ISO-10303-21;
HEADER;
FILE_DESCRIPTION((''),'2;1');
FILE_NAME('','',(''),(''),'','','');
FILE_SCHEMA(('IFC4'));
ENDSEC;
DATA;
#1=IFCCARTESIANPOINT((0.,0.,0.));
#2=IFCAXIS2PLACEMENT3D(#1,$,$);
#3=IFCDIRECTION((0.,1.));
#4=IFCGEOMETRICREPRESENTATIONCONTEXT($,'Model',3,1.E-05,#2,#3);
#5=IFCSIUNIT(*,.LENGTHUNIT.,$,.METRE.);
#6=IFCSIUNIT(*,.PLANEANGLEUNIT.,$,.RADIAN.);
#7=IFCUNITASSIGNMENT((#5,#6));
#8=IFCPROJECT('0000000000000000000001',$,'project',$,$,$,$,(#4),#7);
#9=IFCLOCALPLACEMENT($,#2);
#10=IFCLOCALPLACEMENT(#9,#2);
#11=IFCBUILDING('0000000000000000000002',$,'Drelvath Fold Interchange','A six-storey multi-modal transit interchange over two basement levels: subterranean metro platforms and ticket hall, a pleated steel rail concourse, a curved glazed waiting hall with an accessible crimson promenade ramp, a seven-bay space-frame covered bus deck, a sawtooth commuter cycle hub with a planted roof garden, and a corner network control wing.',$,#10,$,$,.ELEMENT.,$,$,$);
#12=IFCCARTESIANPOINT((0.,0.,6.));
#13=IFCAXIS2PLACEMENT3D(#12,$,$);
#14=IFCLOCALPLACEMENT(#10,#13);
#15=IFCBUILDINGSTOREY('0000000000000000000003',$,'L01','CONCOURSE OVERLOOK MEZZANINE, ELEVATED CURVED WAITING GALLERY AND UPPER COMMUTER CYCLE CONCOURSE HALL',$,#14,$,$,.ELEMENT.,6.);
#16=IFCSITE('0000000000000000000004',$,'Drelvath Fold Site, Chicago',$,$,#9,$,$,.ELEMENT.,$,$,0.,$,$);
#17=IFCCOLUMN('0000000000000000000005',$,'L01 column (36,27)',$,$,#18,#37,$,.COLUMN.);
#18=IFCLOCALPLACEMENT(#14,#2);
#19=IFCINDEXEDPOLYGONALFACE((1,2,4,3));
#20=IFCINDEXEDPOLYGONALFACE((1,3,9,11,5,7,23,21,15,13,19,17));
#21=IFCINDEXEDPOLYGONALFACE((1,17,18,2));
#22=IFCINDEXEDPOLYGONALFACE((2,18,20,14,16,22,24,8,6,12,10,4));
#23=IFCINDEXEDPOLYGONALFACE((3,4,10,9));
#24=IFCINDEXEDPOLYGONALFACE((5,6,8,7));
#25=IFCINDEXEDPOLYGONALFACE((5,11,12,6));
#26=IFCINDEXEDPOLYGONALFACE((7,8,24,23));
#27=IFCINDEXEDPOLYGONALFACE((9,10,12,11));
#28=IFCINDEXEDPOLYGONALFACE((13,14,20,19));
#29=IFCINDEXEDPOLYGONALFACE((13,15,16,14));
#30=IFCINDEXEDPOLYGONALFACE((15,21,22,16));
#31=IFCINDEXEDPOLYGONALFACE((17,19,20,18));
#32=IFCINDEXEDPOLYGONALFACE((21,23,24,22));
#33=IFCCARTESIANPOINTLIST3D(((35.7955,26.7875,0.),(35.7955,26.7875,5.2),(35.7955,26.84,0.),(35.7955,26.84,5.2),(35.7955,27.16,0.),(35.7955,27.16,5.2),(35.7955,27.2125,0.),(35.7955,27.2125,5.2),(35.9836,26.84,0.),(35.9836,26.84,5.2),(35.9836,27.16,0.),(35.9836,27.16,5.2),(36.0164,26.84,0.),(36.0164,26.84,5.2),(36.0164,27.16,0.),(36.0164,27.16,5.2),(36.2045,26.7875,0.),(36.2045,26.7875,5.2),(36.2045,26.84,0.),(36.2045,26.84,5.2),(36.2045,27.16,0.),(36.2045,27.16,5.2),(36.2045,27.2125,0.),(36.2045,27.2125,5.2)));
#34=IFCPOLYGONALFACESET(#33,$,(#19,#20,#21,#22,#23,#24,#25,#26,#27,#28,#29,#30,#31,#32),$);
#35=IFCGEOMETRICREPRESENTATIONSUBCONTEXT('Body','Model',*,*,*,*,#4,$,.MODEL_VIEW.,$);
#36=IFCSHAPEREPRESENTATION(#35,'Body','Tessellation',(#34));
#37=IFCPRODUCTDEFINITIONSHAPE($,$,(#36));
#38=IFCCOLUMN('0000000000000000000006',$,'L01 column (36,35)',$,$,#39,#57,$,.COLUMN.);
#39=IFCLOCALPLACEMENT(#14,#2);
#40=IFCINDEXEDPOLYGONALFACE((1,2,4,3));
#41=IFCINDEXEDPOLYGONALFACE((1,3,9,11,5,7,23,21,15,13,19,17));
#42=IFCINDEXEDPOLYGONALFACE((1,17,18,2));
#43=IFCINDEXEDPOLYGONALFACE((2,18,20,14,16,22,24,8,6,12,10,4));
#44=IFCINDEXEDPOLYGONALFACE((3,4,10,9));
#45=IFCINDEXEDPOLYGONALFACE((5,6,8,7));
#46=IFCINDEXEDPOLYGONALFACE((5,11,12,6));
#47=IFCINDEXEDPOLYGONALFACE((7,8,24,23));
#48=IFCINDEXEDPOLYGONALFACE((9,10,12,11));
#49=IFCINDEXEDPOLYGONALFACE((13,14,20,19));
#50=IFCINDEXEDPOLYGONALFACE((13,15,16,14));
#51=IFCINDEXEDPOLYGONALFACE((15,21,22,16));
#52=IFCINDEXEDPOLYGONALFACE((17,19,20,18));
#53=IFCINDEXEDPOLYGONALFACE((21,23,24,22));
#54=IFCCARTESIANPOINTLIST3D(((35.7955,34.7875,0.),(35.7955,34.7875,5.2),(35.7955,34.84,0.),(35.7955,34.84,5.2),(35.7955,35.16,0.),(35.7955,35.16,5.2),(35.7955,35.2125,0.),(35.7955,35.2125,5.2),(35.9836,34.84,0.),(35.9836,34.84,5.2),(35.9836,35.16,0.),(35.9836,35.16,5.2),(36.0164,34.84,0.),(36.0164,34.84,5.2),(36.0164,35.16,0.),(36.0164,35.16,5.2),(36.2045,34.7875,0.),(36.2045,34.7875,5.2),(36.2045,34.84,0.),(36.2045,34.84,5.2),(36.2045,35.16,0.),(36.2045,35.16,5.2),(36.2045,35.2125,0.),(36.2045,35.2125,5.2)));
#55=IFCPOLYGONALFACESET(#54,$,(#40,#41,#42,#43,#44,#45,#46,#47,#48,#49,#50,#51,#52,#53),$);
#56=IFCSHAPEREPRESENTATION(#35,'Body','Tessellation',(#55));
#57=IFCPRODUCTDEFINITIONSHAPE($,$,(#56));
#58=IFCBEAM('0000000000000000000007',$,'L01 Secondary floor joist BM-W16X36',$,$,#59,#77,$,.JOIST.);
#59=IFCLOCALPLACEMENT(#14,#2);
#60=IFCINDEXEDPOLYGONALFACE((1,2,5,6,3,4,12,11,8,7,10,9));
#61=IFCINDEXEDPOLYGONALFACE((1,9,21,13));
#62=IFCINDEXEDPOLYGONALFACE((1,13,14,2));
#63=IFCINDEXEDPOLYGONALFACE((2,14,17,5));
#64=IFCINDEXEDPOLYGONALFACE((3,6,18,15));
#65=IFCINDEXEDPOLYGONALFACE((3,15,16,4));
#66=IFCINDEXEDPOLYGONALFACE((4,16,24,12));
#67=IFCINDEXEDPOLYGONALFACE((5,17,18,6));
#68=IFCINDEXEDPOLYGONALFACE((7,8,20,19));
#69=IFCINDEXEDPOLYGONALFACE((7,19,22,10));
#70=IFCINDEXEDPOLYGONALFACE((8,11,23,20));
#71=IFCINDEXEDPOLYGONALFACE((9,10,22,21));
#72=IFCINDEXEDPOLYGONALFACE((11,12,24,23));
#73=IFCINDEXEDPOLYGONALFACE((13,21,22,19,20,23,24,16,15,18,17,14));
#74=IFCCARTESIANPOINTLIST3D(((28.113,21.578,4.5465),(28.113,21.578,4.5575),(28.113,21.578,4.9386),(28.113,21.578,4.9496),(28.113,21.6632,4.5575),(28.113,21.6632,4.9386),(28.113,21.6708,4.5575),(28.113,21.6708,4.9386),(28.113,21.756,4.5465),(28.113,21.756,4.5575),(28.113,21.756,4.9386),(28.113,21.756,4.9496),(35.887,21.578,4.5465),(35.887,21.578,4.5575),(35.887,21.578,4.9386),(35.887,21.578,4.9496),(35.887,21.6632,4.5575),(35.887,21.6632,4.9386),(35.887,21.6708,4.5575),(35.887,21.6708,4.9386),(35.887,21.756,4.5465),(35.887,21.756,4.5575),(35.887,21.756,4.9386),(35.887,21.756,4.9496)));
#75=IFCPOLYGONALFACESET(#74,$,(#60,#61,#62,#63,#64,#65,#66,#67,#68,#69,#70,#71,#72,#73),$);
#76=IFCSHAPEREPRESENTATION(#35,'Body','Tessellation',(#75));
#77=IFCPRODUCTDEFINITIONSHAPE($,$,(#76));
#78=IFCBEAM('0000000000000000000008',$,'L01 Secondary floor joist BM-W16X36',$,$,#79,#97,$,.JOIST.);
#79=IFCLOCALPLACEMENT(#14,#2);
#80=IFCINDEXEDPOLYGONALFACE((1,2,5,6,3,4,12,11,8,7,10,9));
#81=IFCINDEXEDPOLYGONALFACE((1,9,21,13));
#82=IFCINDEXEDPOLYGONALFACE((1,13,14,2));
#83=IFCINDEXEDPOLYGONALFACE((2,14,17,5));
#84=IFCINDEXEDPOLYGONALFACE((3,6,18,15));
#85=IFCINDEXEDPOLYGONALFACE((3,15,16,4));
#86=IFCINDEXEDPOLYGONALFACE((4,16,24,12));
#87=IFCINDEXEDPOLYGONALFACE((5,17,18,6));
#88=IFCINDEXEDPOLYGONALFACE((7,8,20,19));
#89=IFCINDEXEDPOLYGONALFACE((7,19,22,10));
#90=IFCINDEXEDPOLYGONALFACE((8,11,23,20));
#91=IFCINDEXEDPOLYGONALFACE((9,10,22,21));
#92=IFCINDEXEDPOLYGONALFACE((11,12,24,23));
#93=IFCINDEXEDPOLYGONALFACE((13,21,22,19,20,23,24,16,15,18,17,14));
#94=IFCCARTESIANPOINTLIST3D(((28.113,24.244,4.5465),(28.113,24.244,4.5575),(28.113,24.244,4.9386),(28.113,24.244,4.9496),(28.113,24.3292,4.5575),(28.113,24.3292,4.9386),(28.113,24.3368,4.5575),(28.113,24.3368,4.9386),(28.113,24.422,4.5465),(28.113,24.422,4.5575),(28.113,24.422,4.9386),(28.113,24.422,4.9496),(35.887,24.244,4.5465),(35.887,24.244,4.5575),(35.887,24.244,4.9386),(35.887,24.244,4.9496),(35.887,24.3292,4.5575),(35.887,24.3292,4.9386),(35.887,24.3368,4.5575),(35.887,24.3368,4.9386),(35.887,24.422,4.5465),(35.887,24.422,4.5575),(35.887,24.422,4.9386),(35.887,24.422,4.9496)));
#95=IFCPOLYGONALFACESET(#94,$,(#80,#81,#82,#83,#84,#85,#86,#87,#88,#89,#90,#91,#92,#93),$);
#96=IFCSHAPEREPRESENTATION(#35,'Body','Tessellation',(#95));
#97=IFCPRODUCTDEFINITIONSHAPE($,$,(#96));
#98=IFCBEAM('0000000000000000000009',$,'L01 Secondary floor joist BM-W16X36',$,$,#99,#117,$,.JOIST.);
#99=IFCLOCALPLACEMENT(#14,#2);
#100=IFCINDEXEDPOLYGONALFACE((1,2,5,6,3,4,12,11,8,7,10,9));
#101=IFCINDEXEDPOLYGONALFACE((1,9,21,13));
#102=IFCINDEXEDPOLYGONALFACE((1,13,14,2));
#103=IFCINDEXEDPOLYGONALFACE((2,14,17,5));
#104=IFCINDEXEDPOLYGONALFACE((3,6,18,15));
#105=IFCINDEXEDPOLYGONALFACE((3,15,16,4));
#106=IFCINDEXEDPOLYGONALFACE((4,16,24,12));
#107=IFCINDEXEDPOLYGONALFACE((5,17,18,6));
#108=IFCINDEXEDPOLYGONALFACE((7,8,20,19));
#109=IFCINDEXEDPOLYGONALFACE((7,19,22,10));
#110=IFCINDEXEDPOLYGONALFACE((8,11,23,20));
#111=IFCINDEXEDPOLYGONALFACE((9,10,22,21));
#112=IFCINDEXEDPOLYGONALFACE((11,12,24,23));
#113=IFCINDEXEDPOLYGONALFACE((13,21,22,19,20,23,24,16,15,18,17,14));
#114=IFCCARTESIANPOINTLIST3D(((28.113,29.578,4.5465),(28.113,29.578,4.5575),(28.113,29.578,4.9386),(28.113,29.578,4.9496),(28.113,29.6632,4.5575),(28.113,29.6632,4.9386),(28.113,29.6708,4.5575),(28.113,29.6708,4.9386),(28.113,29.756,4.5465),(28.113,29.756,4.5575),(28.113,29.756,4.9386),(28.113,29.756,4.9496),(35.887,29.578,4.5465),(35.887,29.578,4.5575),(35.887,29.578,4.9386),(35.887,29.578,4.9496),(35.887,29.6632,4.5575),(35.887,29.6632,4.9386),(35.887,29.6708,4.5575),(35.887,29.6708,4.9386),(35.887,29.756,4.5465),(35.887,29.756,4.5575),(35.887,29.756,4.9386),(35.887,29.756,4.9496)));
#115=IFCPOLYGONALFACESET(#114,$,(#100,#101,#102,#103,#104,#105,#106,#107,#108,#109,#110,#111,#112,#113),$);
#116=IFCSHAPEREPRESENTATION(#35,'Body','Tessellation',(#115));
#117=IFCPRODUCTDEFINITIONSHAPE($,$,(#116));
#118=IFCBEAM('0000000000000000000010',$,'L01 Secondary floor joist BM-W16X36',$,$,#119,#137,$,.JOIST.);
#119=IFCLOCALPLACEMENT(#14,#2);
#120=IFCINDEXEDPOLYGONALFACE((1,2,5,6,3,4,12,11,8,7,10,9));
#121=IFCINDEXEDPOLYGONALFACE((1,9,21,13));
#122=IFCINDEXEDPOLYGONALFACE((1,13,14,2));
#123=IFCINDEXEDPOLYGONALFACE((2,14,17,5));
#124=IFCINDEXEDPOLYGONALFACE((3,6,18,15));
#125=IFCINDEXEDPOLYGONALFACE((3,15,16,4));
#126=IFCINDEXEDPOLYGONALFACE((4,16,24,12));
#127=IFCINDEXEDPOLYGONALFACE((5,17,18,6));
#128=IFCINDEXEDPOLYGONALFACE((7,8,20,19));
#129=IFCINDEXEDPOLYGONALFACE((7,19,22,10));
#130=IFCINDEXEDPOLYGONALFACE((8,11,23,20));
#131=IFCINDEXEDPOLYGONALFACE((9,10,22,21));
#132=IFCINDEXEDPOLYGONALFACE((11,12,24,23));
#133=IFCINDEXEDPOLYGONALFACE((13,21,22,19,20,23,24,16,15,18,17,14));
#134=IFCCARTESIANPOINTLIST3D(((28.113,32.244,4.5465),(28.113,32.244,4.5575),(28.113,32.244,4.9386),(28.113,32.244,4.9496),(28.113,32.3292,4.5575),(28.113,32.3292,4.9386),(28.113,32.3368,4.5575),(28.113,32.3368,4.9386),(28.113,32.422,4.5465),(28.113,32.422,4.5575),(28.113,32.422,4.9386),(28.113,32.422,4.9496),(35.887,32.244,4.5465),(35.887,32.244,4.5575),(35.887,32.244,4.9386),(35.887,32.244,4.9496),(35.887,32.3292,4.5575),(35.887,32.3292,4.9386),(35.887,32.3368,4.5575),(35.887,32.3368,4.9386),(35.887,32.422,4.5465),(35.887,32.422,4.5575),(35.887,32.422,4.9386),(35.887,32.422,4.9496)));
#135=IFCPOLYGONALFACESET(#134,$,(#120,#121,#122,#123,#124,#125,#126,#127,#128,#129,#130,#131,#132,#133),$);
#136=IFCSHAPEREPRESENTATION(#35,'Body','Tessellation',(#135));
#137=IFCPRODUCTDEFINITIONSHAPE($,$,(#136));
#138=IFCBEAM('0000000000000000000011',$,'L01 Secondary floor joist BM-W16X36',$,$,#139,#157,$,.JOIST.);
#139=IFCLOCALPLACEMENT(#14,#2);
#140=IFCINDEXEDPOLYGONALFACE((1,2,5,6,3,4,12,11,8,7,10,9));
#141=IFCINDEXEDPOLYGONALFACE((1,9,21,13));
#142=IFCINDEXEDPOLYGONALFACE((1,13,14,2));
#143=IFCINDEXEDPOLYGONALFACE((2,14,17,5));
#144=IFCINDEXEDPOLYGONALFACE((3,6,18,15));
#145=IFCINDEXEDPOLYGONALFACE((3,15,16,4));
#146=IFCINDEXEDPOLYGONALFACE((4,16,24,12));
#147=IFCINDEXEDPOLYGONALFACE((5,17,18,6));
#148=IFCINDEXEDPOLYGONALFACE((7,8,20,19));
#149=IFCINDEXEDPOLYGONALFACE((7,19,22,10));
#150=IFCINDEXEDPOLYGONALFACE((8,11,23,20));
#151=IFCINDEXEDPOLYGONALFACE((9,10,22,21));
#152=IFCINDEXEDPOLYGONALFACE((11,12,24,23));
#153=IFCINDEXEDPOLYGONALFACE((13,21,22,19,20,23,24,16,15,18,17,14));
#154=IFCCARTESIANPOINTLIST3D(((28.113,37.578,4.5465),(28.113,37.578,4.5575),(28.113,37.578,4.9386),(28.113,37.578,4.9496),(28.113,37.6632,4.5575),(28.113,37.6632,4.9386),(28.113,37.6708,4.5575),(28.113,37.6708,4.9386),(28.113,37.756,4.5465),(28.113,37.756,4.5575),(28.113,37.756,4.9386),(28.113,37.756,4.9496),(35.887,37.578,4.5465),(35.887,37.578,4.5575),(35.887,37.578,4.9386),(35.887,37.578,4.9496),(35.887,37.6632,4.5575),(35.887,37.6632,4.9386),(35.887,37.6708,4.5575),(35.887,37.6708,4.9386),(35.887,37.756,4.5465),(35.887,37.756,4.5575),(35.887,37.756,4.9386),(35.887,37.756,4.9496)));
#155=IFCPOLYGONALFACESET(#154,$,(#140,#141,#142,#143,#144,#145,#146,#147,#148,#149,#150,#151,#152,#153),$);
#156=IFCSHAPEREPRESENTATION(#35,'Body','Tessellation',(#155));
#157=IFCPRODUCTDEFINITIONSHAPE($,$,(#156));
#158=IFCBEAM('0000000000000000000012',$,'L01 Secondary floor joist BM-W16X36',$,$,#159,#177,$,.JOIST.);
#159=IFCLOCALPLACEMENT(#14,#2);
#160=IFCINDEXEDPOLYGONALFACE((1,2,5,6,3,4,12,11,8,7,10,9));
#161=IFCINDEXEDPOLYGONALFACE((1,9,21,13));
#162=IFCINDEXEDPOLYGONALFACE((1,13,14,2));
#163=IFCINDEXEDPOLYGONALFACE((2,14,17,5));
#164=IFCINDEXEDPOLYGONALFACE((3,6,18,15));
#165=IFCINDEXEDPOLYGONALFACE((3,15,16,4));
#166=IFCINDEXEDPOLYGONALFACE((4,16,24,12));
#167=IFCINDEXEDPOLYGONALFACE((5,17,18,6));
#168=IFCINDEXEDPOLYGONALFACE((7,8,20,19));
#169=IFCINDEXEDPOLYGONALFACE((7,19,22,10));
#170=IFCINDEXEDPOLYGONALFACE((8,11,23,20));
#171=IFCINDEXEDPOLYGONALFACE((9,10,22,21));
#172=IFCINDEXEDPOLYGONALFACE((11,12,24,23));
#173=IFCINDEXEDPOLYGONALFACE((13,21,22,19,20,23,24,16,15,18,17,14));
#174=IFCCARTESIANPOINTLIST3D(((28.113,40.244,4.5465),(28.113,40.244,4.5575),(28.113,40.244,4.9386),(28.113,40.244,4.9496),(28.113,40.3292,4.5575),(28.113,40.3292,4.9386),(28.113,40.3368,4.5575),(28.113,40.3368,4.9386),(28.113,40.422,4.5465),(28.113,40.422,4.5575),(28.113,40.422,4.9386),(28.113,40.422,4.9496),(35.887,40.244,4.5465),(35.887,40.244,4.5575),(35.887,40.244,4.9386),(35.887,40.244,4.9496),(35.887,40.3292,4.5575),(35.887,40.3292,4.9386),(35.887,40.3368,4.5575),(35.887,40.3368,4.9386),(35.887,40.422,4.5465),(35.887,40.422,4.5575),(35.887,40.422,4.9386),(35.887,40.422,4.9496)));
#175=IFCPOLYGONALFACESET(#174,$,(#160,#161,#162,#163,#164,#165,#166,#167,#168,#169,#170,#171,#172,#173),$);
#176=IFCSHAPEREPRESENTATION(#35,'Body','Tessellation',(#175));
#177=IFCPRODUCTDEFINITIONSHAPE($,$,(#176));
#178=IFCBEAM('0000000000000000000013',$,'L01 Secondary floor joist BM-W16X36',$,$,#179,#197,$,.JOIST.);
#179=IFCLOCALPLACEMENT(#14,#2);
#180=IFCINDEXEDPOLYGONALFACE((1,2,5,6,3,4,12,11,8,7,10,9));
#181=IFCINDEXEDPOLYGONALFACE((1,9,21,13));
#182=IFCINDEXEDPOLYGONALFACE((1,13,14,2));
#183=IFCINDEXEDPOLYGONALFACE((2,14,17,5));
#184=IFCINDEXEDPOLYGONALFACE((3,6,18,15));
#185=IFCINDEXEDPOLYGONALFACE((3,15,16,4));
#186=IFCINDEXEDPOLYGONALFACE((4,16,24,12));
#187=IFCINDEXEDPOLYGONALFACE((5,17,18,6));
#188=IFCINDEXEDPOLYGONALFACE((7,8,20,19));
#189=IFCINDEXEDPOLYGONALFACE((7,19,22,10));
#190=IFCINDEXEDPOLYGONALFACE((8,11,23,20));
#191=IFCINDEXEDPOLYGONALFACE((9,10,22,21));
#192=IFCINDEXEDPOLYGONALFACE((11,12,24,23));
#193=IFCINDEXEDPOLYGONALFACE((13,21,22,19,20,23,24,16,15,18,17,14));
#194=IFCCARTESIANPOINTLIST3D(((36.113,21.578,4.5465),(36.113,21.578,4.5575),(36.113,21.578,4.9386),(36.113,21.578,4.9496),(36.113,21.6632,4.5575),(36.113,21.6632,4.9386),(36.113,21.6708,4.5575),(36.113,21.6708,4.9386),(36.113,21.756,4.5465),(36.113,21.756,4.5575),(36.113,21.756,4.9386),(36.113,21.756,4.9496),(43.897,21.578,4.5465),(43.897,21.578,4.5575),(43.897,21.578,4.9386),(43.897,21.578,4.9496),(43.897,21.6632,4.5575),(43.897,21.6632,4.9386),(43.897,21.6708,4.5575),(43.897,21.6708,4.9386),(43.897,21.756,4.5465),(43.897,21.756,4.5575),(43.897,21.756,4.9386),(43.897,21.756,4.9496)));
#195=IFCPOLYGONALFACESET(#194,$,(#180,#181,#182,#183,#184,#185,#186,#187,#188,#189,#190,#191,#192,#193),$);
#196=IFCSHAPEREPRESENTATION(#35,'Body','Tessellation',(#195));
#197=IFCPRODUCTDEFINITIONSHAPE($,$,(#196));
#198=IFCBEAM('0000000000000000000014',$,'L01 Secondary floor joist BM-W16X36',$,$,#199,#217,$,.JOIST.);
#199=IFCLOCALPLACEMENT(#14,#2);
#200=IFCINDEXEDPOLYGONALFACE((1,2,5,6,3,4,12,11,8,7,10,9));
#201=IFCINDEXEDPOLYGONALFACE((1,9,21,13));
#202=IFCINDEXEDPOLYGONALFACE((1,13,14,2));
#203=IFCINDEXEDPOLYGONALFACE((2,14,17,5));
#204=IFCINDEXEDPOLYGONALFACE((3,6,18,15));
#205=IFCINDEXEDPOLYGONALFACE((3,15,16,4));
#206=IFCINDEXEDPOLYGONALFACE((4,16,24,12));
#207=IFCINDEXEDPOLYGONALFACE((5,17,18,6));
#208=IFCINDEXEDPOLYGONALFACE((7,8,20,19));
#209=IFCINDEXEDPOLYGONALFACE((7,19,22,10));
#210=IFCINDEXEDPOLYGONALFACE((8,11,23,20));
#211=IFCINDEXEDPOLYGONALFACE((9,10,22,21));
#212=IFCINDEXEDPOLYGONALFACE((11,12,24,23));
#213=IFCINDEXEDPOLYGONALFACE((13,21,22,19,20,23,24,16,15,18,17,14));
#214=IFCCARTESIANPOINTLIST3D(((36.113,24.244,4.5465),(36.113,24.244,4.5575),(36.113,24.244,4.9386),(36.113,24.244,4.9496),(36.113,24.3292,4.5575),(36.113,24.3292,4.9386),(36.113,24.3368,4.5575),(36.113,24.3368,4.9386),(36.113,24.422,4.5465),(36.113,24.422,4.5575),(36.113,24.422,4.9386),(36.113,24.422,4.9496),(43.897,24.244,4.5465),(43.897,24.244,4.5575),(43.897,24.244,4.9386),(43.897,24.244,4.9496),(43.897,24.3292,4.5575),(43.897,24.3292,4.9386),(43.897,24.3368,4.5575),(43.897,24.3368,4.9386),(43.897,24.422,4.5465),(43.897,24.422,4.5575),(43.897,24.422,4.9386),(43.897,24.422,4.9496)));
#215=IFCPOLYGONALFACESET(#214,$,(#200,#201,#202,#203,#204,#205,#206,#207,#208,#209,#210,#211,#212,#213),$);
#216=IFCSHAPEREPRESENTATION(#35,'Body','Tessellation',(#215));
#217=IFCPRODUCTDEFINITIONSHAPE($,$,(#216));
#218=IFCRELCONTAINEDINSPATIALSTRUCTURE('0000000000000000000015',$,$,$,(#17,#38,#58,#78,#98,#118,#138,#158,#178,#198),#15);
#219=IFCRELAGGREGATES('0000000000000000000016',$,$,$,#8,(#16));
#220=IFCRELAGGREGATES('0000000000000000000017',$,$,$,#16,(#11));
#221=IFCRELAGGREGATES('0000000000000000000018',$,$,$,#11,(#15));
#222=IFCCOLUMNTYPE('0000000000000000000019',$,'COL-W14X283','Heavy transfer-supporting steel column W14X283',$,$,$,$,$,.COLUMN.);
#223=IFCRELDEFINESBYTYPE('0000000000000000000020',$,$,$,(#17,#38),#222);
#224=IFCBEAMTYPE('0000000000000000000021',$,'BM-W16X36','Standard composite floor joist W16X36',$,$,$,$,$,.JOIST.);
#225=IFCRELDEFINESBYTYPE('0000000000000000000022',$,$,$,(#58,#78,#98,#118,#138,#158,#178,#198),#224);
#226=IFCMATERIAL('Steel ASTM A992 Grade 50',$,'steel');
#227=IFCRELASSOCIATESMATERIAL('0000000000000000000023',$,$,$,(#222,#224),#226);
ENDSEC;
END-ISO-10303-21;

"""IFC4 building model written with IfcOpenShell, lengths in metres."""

from ifc_helpers import new_model, si_unit, direction, frame, origin, origin_2d, place, context, subcontext, project, spatial, i_section, extrude, material, material_profile, profile_set, type_object, element, save


model = new_model("IFC4")

# Units and contexts
model_context = context("Model", 3, precision=1e-05, world=origin(), true_north=direction((0.0, 1.0)))
body_context = subcontext(model_context, "Body", "Model", "MODEL_VIEW")
ifc_project = project(units=[si_unit("LENGTHUNIT", "METRE"), si_unit("PLANEANGLEUNIT", "RADIAN")], contexts=[model_context])

# Site, building, storey
site_placement = place(None, origin())
site = spatial("IfcSite", under=ifc_project, at=site_placement, Name="Drelvath Fold Site, Chicago", CompositionType="ELEMENT", RefElevation=0.0)
building_placement = place(site_placement, origin())
building = spatial("IfcBuilding", under=site, at=building_placement, Name="Drelvath Fold Interchange", Description="A six-storey multi-modal transit interchange over two basement levels: subterranean metro platforms and ticket hall, a pleated steel rail concourse, a curved glazed waiting hall with an accessible crimson promenade ramp, a seven-bay space-frame covered bus deck, a sawtooth commuter cycle hub with a planted roof garden, and a corner network control wing.", CompositionType="ELEMENT")
storey_placement = place(building_placement, frame((0.0, 0.0, 6.0)))
storey = spatial("IfcBuildingStorey", under=building, at=storey_placement, Name="L01", Description="CONCOURSE OVERLOOK MEZZANINE, ELEVATED CURVED WAITING GALLERY AND UPPER COMMUTER CYCLE CONCOURSE HALL", CompositionType="ELEMENT", Elevation=6.0)

# Columns
ifc_material_1 = material(Name="Steel ASTM A992 Grade 50", Category="steel")
ifc_material_profile_1 = material_profile(ifc_material_1, i_section(OverallWidth=0.4089, OverallDepth=0.425, WebThickness=0.0327, FlangeThickness=0.0525, at=origin_2d()), Name="W14X283")
ifc_profile_set_1 = profile_set([ifc_material_profile_1], Name="Steel ASTM A992 Grade 50")
column_type = type_object("IfcColumnType", Name="COL-W14X283", Description="Heavy transfer-supporting steel column W14X283", PredefinedType="COLUMN", material=ifc_profile_set_1)
for number, where, z_axis, x_axis, name in (
    (1, (36.0, 27.0, 0.0), (0.0, 0.0, 1.0), (1.0, 0.0, 0.0), "L01 column (36,27)"),
    (2, (36.0, 35.0, 0.0), (0.0, 0.0, 1.0), (1.0, 0.0, 0.0), "L01 column (36,35)"),
):
    element("IfcColumn", number, at=place(storey_placement, frame(where, z_axis=z_axis, x_axis=x_axis)), inside=storey, type_object=column_type, Name=name, PredefinedType="COLUMN", context=body_context, shape_type="SweptSolid", body=[
        extrude(i_section(OverallWidth=0.4089, OverallDepth=0.425, WebThickness=0.0327, FlangeThickness=0.0525, at=origin_2d()), origin(), (0.0, 0.0, 1.0), 5.2),
    ])

# Beams
ifc_material_profile_2 = material_profile(ifc_material_1, i_section(OverallWidth=0.178, OverallDepth=0.4031, WebThickness=0.0076, FlangeThickness=0.011, at=origin_2d()), Name="W16X36")
ifc_profile_set_2 = profile_set([ifc_material_profile_2], Name="Steel ASTM A992 Grade 50")
beam_type_1 = type_object("IfcBeamType", Name="BM-W16X36", Description="Standard composite floor joist W16X36", PredefinedType="JOIST", material=ifc_profile_set_2)
for number, where, z_axis, x_axis, name in (
    (3, (28.113, 21.667, 4.748), (1.0, 0.0, 0.0), (0.0, 1.0, 0.0), "L01 Secondary floor joist BM-W16X36"),
    (4, (28.113, 24.333, 4.748), (1.0, 0.0, 0.0), (0.0, 1.0, 0.0), "L01 Secondary floor joist BM-W16X36"),
    (5, (28.113, 29.667, 4.748), (1.0, 0.0, 0.0), (0.0, 1.0, 0.0), "L01 Secondary floor joist BM-W16X36"),
    (6, (28.113, 32.333, 4.748), (1.0, 0.0, 0.0), (0.0, 1.0, 0.0), "L01 Secondary floor joist BM-W16X36"),
    (7, (28.113, 37.667, 4.748), (1.0, 0.0, 0.0), (0.0, 1.0, 0.0), "L01 Secondary floor joist BM-W16X36"),
    (8, (28.113, 40.333, 4.748), (1.0, 0.0, 0.0), (0.0, 1.0, 0.0), "L01 Secondary floor joist BM-W16X36"),
):
    element("IfcBeam", number, at=place(storey_placement, frame(where, z_axis=z_axis, x_axis=x_axis)), inside=storey, type_object=beam_type_1, Name=name, PredefinedType="JOIST", context=body_context, shape_type="SweptSolid", body=[
        extrude(i_section(OverallWidth=0.178, OverallDepth=0.4031, WebThickness=0.0076, FlangeThickness=0.011, at=origin_2d()), origin(), (0.0, 0.0, 1.0), 7.7739),
    ])
for number, where, z_axis, x_axis, name in (
    (9, (36.113, 21.667, 4.748), (1.0, 0.0, 0.0), (0.0, 1.0, 0.0), "L01 Secondary floor joist BM-W16X36"),
    (10, (36.113, 24.333, 4.748), (1.0, 0.0, 0.0), (0.0, 1.0, 0.0), "L01 Secondary floor joist BM-W16X36"),
):
    element("IfcBeam", number, at=place(storey_placement, frame(where, z_axis=z_axis, x_axis=x_axis)), inside=storey, type_object=beam_type_1, Name=name, PredefinedType="JOIST", context=body_context, shape_type="SweptSolid", body=[
        extrude(i_section(OverallWidth=0.178, OverallDepth=0.4031, WebThickness=0.0076, FlangeThickness=0.011, at=origin_2d()), origin(), (0.0, 0.0, 1.0), 7.7839),
    ])

save(model, "model.ifc")
